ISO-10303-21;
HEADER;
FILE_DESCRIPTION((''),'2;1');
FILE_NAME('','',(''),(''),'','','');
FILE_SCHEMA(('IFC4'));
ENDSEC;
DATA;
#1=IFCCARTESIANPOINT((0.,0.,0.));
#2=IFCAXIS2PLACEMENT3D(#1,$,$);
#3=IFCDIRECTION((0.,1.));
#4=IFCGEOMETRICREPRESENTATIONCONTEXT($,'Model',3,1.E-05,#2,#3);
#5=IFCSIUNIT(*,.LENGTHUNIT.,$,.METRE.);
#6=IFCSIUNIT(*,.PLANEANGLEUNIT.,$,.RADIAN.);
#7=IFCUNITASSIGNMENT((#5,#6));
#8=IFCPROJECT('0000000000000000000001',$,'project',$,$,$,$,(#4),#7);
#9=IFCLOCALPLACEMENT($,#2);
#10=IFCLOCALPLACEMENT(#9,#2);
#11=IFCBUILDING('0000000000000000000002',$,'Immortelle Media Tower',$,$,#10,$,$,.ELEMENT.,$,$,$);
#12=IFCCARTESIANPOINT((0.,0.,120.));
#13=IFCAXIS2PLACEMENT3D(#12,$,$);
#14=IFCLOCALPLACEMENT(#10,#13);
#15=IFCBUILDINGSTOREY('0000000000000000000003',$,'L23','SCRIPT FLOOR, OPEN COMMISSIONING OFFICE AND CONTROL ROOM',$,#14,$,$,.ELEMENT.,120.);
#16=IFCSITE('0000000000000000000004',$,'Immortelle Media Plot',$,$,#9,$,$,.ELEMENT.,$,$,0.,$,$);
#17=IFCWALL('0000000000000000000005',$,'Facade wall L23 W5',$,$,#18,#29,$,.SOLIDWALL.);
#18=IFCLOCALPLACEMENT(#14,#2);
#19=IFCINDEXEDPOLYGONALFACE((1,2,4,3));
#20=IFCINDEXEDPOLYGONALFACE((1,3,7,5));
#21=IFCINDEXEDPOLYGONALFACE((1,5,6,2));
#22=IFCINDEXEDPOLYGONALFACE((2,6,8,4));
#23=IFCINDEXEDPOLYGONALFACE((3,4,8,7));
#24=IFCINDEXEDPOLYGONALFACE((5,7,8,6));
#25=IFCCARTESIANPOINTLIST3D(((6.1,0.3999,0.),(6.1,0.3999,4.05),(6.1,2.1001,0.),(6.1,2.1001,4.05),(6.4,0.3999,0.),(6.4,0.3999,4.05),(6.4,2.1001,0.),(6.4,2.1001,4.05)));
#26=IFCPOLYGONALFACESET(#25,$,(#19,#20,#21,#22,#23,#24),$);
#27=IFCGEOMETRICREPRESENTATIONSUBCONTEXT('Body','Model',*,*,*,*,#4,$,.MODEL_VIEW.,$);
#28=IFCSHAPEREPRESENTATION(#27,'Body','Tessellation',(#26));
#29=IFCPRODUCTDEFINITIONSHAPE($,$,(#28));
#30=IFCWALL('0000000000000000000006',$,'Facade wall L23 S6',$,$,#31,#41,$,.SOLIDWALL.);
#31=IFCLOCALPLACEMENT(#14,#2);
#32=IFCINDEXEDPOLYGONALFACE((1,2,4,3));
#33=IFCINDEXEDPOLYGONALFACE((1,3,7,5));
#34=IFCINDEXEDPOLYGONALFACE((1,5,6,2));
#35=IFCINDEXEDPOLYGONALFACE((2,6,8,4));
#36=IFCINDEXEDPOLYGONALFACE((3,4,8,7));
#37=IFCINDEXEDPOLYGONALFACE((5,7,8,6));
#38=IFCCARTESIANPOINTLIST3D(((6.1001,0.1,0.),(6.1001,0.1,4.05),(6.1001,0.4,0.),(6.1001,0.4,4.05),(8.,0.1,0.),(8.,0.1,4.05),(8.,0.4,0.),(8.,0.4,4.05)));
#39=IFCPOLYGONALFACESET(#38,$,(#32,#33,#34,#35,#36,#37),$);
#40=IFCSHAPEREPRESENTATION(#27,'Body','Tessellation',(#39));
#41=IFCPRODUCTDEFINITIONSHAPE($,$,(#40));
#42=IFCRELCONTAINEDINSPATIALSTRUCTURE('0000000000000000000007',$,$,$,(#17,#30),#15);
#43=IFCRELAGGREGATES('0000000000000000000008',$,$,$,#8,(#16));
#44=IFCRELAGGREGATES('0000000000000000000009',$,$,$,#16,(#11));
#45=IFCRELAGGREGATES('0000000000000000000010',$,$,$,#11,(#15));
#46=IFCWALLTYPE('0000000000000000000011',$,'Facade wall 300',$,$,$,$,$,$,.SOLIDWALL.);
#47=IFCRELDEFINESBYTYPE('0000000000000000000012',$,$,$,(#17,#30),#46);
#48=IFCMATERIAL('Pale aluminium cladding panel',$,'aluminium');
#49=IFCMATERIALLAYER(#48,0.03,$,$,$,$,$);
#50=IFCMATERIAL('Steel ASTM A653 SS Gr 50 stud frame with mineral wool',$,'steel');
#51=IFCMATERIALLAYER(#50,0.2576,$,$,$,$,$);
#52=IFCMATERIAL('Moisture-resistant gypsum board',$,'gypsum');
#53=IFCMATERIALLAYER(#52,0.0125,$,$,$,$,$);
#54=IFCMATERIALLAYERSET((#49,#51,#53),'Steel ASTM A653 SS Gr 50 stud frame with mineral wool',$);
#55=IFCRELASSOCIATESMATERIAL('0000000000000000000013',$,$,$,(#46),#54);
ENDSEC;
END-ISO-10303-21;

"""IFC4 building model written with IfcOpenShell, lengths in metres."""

from ifc_helpers import new_model, si_unit, direction, frame, frame_2d, origin, place, context, subcontext, project, spatial, rectangle, extrude, material, layer, layer_set, type_object, element, save


model = new_model("IFC4")

# Units and contexts
model_context = context("Model", 3, precision=1e-05, world=origin(), true_north=direction((0.0, 1.0)))
body_context = subcontext(model_context, "Body", "Model", "MODEL_VIEW")
ifc_project = project(units=[si_unit("LENGTHUNIT", "METRE"), si_unit("PLANEANGLEUNIT", "RADIAN")], contexts=[model_context])

# Site, building, storey
site_placement = place(None, origin())
site = spatial("IfcSite", under=ifc_project, at=site_placement, Name="Immortelle Media Plot", CompositionType="ELEMENT", RefElevation=0.0)
building_placement = place(site_placement, origin())
building = spatial("IfcBuilding", under=site, at=building_placement, Name="Immortelle Media Tower", CompositionType="ELEMENT")
storey_placement = place(building_placement, frame((0.0, 0.0, 120.0)))
storey = spatial("IfcBuildingStorey", under=building, at=storey_placement, Name="L23", Description="SCRIPT FLOOR, OPEN COMMISSIONING OFFICE AND CONTROL ROOM", CompositionType="ELEMENT", Elevation=120.0)

# Shared definitions
ifc_material_1 = material(Name="Steel ASTM A653 SS Gr 50 stud frame with mineral wool", Category="steel")

# Walls
ifc_material_2 = material(Name="Pale aluminium cladding panel", Category="aluminium")
ifc_layer_1 = layer(ifc_material_2, 0.03)
ifc_layer_2 = layer(ifc_material_1, 0.2576)
ifc_material_3 = material(Name="Moisture-resistant gypsum board", Category="gypsum")
ifc_layer_3 = layer(ifc_material_3, 0.0125)
ifc_layer_set_1 = layer_set([ifc_layer_1, ifc_layer_2, ifc_layer_3], Name="Steel ASTM A653 SS Gr 50 stud frame with mineral wool")
wall_type_1 = type_object("IfcWallType", Name="Facade wall 300", PredefinedType="SOLIDWALL", material=ifc_layer_set_1)
wall_1_placement = place(storey_placement, frame((6.25, 2.1001, 0.0), z_axis=(0.0, 0.0, 1.0), x_axis=(0.0, -1.0, 0.0)))
element("IfcWall", 1, at=wall_1_placement, inside=storey, type_object=wall_type_1, Name="Facade wall L23 W5", PredefinedType="SOLIDWALL", context=body_context, shape_type="SweptSolid", body=[
    extrude(rectangle(XDim=1.7002, YDim=0.3, at=frame_2d((0.8501, 0.0))), origin(), (0.0, 0.0, 1.0), 4.05),
])
wall_2_placement = place(storey_placement, frame((6.1001, 0.25, 0.0), z_axis=(0.0, 0.0, 1.0), x_axis=(1.0, 0.0, 0.0)))
element("IfcWall", 2, at=wall_2_placement, inside=storey, type_object=wall_type_1, Name="Facade wall L23 S6", PredefinedType="SOLIDWALL", context=body_context, shape_type="SweptSolid", body=[
    extrude(rectangle(XDim=1.8999, YDim=0.3, at=frame_2d((0.95, 0.0))), origin(), (0.0, 0.0, 1.0), 4.05),
])

save(model, "model.ifc")
